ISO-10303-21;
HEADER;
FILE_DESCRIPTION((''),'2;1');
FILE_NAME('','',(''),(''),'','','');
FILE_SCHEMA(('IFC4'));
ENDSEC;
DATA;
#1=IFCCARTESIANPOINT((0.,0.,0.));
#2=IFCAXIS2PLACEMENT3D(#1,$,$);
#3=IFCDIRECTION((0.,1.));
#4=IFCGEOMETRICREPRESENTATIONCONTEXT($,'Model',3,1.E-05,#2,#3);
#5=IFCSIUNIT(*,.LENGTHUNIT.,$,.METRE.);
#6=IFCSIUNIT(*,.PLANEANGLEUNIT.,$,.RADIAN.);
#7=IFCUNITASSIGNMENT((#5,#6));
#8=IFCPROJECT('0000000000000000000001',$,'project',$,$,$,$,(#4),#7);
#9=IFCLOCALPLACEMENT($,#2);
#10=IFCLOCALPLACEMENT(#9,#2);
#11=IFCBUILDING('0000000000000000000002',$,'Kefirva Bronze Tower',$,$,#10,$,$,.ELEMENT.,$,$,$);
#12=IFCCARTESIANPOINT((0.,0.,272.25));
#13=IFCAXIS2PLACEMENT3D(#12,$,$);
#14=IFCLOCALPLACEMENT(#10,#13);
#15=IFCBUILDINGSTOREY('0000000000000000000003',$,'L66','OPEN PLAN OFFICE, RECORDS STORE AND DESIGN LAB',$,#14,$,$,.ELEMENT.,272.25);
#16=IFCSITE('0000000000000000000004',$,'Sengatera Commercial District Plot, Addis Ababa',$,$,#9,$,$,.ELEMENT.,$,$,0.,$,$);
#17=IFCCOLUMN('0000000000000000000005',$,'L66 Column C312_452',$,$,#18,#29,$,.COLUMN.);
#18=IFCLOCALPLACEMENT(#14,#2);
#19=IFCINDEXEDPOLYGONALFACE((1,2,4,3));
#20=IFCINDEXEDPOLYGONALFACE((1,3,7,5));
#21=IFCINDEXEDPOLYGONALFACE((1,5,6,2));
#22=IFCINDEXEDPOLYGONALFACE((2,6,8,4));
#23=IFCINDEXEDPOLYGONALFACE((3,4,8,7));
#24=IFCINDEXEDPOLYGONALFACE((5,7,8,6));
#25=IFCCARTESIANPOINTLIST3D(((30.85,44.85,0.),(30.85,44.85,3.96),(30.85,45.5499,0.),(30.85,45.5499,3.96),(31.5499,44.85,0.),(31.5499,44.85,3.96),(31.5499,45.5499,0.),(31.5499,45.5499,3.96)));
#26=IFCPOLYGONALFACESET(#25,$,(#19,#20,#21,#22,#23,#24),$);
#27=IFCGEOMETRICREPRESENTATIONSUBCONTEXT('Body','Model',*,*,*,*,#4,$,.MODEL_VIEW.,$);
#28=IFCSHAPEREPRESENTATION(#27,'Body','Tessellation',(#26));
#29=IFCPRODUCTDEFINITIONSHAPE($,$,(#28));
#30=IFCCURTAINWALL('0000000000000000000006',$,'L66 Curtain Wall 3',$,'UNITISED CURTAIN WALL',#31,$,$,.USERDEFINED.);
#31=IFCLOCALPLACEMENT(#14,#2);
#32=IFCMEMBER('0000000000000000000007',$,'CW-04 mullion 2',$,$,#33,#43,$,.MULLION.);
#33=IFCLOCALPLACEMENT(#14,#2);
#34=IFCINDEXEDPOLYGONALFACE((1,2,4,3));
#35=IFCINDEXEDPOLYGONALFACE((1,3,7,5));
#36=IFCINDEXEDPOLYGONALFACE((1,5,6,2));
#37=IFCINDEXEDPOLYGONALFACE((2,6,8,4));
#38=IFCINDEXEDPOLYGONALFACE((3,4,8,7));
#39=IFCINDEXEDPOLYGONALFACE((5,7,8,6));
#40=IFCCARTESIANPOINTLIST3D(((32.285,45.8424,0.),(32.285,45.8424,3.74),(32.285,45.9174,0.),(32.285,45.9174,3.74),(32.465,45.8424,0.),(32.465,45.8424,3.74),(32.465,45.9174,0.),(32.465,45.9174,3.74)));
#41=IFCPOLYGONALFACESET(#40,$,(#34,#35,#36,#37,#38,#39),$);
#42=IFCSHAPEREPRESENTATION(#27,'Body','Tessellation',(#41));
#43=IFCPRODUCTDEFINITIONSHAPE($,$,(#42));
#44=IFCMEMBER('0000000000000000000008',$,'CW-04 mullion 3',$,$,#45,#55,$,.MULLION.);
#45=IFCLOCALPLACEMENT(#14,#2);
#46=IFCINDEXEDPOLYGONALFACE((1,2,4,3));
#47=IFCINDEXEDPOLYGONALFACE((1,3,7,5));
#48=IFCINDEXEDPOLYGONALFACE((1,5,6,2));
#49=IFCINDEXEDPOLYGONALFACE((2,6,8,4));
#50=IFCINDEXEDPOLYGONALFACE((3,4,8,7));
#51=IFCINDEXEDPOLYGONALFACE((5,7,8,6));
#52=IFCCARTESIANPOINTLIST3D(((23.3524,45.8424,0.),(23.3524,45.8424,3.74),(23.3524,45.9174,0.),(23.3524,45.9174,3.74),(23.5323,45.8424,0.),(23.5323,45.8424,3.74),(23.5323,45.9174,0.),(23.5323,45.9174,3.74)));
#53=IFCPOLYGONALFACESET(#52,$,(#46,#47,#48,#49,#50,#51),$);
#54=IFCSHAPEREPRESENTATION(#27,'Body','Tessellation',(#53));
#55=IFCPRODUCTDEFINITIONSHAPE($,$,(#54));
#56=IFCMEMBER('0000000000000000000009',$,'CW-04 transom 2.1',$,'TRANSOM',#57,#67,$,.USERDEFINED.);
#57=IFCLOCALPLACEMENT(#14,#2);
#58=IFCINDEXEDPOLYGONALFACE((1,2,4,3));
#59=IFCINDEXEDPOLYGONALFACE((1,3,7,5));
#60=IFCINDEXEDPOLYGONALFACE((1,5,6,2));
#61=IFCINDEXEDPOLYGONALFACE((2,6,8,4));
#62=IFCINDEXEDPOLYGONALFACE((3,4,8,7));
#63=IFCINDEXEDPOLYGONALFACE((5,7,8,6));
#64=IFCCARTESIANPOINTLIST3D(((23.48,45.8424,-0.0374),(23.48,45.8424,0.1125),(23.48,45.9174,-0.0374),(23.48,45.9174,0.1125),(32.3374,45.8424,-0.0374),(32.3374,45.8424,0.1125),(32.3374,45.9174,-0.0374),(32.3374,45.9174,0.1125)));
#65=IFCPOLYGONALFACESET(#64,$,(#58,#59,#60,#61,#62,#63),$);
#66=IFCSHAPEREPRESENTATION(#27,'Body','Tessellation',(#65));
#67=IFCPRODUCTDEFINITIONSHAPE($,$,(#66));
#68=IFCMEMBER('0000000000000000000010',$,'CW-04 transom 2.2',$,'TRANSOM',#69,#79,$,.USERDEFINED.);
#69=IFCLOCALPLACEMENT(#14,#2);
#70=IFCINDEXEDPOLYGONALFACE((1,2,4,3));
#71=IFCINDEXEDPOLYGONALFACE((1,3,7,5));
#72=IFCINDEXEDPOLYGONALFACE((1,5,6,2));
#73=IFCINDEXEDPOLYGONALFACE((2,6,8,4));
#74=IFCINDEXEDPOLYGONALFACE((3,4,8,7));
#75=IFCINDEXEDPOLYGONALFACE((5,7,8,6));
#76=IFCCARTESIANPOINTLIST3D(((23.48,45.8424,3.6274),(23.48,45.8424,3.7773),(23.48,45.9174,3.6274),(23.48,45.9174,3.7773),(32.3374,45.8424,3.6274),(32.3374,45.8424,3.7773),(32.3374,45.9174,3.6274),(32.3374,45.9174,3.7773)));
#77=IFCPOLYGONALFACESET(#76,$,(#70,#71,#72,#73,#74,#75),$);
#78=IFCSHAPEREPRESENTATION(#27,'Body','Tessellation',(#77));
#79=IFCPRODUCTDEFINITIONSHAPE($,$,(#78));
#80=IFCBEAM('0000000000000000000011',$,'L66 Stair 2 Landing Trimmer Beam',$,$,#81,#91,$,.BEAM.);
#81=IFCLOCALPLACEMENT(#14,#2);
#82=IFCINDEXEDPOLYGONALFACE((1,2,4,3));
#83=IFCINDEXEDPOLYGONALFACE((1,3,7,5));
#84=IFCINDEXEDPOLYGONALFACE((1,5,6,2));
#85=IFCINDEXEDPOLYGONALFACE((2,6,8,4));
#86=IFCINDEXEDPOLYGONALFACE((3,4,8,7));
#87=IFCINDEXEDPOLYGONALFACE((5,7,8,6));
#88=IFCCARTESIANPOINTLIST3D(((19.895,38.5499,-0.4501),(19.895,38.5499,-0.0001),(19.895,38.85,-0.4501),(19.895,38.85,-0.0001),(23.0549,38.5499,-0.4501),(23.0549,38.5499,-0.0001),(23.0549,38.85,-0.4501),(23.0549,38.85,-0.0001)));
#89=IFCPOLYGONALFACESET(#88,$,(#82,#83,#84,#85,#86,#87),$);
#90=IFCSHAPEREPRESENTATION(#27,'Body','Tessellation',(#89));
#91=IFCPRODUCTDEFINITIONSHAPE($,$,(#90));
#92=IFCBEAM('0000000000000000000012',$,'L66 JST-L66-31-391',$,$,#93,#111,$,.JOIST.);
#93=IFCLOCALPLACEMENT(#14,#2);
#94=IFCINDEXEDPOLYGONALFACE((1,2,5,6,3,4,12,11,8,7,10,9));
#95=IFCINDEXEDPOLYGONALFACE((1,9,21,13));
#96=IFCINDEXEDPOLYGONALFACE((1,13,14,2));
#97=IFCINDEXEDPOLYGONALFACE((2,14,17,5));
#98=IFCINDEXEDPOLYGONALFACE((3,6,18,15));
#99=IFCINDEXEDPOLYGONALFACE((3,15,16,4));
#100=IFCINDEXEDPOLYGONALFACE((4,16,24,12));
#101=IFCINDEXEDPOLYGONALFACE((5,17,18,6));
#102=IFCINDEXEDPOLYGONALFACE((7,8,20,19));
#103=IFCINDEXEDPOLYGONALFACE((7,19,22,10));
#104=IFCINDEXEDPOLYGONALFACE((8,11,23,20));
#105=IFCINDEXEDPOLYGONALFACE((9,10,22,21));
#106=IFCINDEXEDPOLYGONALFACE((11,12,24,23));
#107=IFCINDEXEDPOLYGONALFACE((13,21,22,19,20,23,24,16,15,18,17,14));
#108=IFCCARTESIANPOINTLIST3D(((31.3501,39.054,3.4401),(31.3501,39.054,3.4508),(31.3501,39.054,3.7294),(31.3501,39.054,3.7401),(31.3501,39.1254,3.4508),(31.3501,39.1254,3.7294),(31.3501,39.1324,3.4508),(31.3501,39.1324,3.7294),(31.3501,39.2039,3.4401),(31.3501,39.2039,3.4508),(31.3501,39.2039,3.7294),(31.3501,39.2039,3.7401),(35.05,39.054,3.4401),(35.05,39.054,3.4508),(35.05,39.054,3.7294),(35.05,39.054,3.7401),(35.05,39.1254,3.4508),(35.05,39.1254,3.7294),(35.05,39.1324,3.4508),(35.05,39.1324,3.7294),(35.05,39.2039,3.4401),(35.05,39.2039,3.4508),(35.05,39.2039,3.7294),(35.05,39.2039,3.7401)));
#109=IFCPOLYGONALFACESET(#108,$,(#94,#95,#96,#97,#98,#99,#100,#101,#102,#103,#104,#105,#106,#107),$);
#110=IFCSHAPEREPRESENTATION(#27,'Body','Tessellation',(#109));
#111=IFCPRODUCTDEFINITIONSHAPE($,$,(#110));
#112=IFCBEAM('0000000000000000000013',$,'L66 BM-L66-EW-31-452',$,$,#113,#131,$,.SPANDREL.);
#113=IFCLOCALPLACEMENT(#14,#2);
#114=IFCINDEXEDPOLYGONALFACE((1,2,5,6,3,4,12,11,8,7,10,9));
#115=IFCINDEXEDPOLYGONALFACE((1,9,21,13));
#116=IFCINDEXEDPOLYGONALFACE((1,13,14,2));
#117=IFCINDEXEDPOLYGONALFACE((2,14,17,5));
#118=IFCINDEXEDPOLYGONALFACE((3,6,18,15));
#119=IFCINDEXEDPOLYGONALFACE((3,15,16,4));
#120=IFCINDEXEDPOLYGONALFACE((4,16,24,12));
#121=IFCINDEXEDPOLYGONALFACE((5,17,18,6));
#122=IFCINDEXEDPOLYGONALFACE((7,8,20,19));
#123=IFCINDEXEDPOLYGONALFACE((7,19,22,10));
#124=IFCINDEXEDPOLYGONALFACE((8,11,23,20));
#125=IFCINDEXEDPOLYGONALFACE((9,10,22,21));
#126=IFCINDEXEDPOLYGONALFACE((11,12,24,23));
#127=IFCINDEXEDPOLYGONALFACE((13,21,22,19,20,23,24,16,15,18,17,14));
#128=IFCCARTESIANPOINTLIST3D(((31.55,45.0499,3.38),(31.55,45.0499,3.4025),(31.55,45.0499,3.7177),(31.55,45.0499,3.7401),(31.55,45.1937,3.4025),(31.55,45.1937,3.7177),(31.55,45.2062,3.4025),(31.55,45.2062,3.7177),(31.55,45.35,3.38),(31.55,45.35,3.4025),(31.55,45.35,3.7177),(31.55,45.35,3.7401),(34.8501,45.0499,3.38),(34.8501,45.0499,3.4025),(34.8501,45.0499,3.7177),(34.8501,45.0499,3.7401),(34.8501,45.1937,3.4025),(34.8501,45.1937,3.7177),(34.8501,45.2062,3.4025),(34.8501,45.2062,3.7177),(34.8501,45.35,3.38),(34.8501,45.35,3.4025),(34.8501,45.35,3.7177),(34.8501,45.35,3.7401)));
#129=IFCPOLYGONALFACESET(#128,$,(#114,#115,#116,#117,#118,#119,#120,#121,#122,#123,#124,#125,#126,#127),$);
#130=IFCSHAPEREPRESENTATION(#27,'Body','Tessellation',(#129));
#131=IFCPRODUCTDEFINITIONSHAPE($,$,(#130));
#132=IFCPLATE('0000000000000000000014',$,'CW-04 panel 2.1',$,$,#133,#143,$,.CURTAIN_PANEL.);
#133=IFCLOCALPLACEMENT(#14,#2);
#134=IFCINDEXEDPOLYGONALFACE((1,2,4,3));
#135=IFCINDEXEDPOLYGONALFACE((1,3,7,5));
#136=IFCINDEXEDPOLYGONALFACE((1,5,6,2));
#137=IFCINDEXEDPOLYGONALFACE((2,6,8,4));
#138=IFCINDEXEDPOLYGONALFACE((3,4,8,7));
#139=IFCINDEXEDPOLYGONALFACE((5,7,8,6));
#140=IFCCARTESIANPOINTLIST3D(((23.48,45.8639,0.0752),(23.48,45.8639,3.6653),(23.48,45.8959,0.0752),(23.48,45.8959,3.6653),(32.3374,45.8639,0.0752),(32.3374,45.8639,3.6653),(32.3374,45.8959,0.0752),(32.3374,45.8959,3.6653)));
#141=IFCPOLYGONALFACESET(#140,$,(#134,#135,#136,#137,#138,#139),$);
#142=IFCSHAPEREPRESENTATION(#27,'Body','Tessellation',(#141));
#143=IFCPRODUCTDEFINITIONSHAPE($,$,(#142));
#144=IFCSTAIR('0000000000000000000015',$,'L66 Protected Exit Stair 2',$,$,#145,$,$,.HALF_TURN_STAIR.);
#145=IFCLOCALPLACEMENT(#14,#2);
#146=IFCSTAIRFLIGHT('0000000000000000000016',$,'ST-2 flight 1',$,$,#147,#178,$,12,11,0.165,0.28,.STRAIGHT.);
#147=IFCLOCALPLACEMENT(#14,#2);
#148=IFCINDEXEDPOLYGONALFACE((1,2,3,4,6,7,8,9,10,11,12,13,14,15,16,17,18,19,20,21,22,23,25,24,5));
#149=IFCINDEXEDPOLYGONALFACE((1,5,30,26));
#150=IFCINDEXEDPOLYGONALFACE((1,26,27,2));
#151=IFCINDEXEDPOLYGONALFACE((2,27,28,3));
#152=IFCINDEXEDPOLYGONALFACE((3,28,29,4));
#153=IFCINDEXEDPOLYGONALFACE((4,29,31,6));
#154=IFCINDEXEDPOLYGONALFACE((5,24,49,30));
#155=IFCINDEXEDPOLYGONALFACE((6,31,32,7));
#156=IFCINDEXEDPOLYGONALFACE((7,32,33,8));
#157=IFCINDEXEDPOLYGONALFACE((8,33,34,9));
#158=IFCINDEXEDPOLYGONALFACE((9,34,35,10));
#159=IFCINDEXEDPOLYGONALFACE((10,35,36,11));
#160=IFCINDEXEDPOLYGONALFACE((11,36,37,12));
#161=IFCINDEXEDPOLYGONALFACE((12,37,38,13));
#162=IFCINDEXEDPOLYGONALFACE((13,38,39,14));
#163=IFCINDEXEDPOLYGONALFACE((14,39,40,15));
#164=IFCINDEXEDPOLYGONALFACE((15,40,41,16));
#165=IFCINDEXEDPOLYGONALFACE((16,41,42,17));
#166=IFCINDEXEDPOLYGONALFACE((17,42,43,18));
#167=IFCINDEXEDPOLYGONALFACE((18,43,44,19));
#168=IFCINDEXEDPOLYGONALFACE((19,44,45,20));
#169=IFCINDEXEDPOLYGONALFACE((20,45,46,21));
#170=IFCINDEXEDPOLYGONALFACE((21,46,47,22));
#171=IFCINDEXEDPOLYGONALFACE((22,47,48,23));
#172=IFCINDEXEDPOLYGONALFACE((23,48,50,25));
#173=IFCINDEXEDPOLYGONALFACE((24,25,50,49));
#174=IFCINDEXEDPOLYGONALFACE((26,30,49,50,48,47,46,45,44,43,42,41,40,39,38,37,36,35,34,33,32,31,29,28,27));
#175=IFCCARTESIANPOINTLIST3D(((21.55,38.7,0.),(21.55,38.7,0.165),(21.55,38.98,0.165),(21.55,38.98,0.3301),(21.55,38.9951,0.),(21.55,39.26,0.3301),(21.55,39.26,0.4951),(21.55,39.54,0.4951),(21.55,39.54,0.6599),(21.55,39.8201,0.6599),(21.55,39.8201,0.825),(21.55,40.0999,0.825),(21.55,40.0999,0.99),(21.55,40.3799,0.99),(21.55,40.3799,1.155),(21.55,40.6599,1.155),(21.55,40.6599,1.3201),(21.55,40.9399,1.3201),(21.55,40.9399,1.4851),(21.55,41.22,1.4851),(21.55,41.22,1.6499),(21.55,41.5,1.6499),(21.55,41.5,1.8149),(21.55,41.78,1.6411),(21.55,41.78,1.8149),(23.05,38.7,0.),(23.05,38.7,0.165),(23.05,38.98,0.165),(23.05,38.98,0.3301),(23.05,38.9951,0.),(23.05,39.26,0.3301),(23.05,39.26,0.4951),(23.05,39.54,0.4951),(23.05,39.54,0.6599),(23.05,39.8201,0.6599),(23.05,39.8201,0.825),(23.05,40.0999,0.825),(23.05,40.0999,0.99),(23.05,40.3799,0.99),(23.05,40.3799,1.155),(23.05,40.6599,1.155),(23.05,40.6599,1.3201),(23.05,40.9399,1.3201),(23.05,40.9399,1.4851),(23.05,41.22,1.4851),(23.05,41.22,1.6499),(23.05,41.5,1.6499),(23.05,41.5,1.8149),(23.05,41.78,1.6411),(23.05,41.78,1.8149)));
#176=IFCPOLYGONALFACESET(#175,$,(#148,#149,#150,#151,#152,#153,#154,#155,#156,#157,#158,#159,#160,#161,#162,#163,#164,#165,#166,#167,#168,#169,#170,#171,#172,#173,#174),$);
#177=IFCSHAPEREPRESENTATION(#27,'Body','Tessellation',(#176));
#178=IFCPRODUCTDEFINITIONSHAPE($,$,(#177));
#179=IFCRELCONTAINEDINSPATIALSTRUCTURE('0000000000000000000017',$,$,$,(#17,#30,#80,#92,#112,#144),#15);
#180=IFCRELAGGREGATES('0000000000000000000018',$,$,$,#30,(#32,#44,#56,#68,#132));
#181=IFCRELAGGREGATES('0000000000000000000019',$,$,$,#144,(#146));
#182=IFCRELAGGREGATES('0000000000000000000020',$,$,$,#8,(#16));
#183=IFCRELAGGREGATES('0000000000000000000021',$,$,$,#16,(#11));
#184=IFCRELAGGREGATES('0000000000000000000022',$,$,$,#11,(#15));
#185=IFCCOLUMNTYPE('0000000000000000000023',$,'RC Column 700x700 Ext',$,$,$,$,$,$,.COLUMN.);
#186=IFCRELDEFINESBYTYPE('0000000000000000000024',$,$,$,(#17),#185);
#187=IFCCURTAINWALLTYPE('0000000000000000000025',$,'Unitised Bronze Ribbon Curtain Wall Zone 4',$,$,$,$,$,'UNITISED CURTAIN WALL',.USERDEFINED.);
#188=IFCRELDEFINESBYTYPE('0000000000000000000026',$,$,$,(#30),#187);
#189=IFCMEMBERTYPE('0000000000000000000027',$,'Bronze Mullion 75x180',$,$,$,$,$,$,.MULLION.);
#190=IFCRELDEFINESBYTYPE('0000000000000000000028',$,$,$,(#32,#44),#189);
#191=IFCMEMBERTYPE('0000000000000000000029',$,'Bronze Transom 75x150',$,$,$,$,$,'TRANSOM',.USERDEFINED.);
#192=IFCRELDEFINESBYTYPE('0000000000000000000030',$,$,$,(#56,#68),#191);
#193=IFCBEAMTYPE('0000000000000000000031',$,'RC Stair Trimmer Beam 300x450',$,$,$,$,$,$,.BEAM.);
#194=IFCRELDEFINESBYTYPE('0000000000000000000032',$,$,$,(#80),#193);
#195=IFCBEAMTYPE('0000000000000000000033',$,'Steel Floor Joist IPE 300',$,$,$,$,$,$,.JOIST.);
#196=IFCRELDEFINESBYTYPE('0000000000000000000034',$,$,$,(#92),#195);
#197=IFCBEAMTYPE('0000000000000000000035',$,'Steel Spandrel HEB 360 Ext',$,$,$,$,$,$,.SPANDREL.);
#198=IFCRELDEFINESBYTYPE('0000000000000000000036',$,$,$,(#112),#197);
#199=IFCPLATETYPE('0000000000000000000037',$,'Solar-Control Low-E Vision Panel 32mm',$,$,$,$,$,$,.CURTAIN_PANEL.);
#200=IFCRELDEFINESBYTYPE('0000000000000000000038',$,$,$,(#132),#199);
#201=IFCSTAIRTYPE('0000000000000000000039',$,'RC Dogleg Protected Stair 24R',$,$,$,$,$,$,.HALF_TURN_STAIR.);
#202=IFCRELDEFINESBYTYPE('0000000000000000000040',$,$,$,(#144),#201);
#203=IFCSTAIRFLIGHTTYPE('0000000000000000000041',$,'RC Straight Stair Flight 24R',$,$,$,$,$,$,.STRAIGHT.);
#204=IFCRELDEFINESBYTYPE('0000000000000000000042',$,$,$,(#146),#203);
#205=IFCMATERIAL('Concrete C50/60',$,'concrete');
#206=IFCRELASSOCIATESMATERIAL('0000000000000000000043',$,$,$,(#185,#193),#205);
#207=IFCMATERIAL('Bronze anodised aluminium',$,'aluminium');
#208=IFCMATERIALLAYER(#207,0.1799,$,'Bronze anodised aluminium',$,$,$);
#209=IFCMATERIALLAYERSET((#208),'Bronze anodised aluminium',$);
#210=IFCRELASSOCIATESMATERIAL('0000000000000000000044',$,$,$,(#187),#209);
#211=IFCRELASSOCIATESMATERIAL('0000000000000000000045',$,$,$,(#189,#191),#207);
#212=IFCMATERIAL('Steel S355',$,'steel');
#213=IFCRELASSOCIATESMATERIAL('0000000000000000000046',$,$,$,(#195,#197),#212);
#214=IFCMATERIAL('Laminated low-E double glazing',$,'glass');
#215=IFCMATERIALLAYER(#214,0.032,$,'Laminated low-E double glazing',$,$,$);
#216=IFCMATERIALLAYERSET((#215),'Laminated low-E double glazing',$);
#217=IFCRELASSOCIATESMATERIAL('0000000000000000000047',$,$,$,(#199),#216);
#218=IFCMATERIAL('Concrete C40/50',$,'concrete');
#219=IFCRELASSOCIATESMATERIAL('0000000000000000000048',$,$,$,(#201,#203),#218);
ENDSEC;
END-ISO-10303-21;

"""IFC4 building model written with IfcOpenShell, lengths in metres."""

from ifc_helpers import new_model, si_unit, direction, frame, origin, origin_2d, place, context, subcontext, project, spatial, polyline, rectangle, i_section, outline, extrude, material, layer, layer_set, material_profile, profile_set, type_object, element, aggregate, save


model = new_model("IFC4")

# Units and contexts
model_context = context("Model", 3, precision=1e-05, world=origin(), true_north=direction((0.0, 1.0)))
body_context = subcontext(model_context, "Body", "Model", "MODEL_VIEW")
ifc_project = project(units=[si_unit("LENGTHUNIT", "METRE"), si_unit("PLANEANGLEUNIT", "RADIAN")], contexts=[model_context])

# Site, building, storey
site_placement = place(None, origin())
site = spatial("IfcSite", under=ifc_project, at=site_placement, Name="Sengatera Commercial District Plot, Addis Ababa", CompositionType="ELEMENT", RefElevation=0.0)
building_placement = place(site_placement, origin())
building = spatial("IfcBuilding", under=site, at=building_placement, Name="Kefirva Bronze Tower", CompositionType="ELEMENT")
storey_placement = place(building_placement, frame((0.0, 0.0, 272.25)))
storey = spatial("IfcBuildingStorey", under=building, at=storey_placement, Name="L66", Description="OPEN PLAN OFFICE, RECORDS STORE AND DESIGN LAB", CompositionType="ELEMENT", Elevation=272.25)

# Column
ifc_material_1 = material(Name="Concrete C50/60", Category="concrete")
ifc_material_profile_1 = material_profile(ifc_material_1, rectangle(XDim=0.7, YDim=0.7, at=origin_2d()), Name="RC 700x700")
ifc_profile_set_1 = profile_set([ifc_material_profile_1], Name="Concrete C50/60")
column_type = type_object("IfcColumnType", Name="RC Column 700x700 Ext", PredefinedType="COLUMN", material=ifc_profile_set_1)
column_placement = place(storey_placement, frame((31.2, 45.2, 0.0), z_axis=(0.0, 0.0, 1.0), x_axis=(1.0, 0.0, 0.0)))
element("IfcColumn", 1, at=column_placement, inside=storey, type_object=column_type, Name="L66 Column C312_452", PredefinedType="COLUMN", context=body_context, shape_type="SweptSolid", body=[
    extrude(rectangle(XDim=0.7, YDim=0.7, at=origin_2d()), origin(), (0.0, 0.0, 1.0), 3.96),
])

# Curtain wall, members
ifc_material_2 = material(Name="Bronze anodised aluminium", Category="aluminium")
ifc_layer_1 = layer(ifc_material_2, 0.1799, Name="Bronze anodised aluminium")
ifc_layer_set_1 = layer_set([ifc_layer_1], Name="Bronze anodised aluminium")
curtain_wall_type = type_object("IfcCurtainWallType", Name="Unitised Bronze Ribbon Curtain Wall Zone 4", ElementType="UNITISED CURTAIN WALL", PredefinedType="USERDEFINED", material=ifc_layer_set_1)
curtain_wall_placement = place(storey_placement, origin())
curtain_wall = element("IfcCurtainWall", 2, at=curtain_wall_placement, inside=storey, type_object=curtain_wall_type, Name="L66 Curtain Wall 3", ObjectType="UNITISED CURTAIN WALL", PredefinedType="USERDEFINED")
ifc_material_profile_2 = material_profile(ifc_material_2, rectangle(XDim=0.075, YDim=0.1799, at=origin_2d()), Name="ALU 75x180")
ifc_profile_set_2 = profile_set([ifc_material_profile_2], Name="Bronze anodised aluminium")
member_type_1 = type_object("IfcMemberType", Name="Bronze Mullion 75x180", PredefinedType="MULLION", material=ifc_profile_set_2)
member_1_placement = place(storey_placement, frame((32.375, 45.8799, 0.0), z_axis=(0.0, 0.0, 1.0), x_axis=(0.0, -1.0, 0.0)))
member_1 = element("IfcMember", 3, at=member_1_placement, type_object=member_type_1, Name="CW-04 mullion 2", PredefinedType="MULLION", context=body_context, shape_type="SweptSolid", body=[
    extrude(rectangle(XDim=0.075, YDim=0.1799, at=origin_2d()), origin(), (0.0, 0.0, 1.0), 3.74),
])
member_2_placement = place(storey_placement, frame((23.4424, 45.8799, 0.0), z_axis=(0.0, 0.0, 1.0), x_axis=(0.0, -1.0, 0.0)))
member_2 = element("IfcMember", 4, at=member_2_placement, type_object=member_type_1, Name="CW-04 mullion 3", PredefinedType="MULLION", context=body_context, shape_type="SweptSolid", body=[
    extrude(rectangle(XDim=0.075, YDim=0.1799, at=origin_2d()), origin(), (0.0, 0.0, 1.0), 3.74),
])
ifc_material_profile_3 = material_profile(ifc_material_2, rectangle(XDim=0.075, YDim=0.1499, at=origin_2d()), Name="ALU 75x150")
ifc_profile_set_3 = profile_set([ifc_material_profile_3], Name="Bronze anodised aluminium")
member_type_2 = type_object("IfcMemberType", Name="Bronze Transom 75x150", ElementType="TRANSOM", PredefinedType="USERDEFINED", material=ifc_profile_set_3)
member_3_placement = place(storey_placement, frame((32.3374, 45.8799, 0.0376), z_axis=(-1.0, 0.0, 0.0), x_axis=(0.0, -1.0, 0.0)))
member_3 = element("IfcMember", 5, at=member_3_placement, type_object=member_type_2, Name="CW-04 transom 2.1", ObjectType="TRANSOM", PredefinedType="USERDEFINED", context=body_context, shape_type="SweptSolid", body=[
    extrude(rectangle(XDim=0.075, YDim=0.1499, at=origin_2d()), origin(), (0.0, 0.0, 1.0), 8.8574),
])
member_4_placement = place(storey_placement, frame((32.3374, 45.8799, 3.7024), z_axis=(-1.0, 0.0, 0.0), x_axis=(0.0, -1.0, 0.0)))
member_4 = element("IfcMember", 6, at=member_4_placement, type_object=member_type_2, Name="CW-04 transom 2.2", ObjectType="TRANSOM", PredefinedType="USERDEFINED", context=body_context, shape_type="SweptSolid", body=[
    extrude(rectangle(XDim=0.075, YDim=0.1499, at=origin_2d()), origin(), (0.0, 0.0, 1.0), 8.8574),
])

# Beams
ifc_material_profile_4 = material_profile(ifc_material_1, rectangle(XDim=0.3, YDim=0.45, at=origin_2d()), Name="RC 300x450")
ifc_profile_set_4 = profile_set([ifc_material_profile_4], Name="Concrete C50/60")
beam_type_1 = type_object("IfcBeamType", Name="RC Stair Trimmer Beam 300x450", PredefinedType="BEAM", material=ifc_profile_set_4)
beam_1_placement = place(storey_placement, frame((19.895, 38.7, -0.2251), z_axis=(1.0, 0.0, 0.0), x_axis=(0.0, 1.0, 0.0)))
element("IfcBeam", 7, at=beam_1_placement, inside=storey, type_object=beam_type_1, Name="L66 Stair 2 Landing Trimmer Beam", PredefinedType="BEAM", context=body_context, shape_type="SweptSolid", body=[
    extrude(rectangle(XDim=0.3, YDim=0.45, at=origin_2d()), origin(), (0.0, 0.0, 1.0), 3.1599),
])
ifc_material_3 = material(Name="Steel S355", Category="steel")
ifc_material_profile_5 = material_profile(ifc_material_3, i_section(OverallWidth=0.1499, OverallDepth=0.3, WebThickness=0.0071, FlangeThickness=0.0107, at=origin_2d()), Name="IPE 300")
ifc_profile_set_5 = profile_set([ifc_material_profile_5], Name="Steel S355")
beam_type_2 = type_object("IfcBeamType", Name="Steel Floor Joist IPE 300", PredefinedType="JOIST", material=ifc_profile_set_5)
beam_2_placement = place(storey_placement, frame((31.3501, 39.1289, 3.5901), z_axis=(1.0, 0.0, 0.0), x_axis=(0.0, 1.0, 0.0)))
element("IfcBeam", 8, at=beam_2_placement, inside=storey, type_object=beam_type_2, Name="L66 JST-L66-31-391", PredefinedType="JOIST", context=body_context, shape_type="SweptSolid", body=[
    extrude(i_section(OverallWidth=0.1499, OverallDepth=0.3, WebThickness=0.0071, FlangeThickness=0.0107, at=origin_2d()), origin(), (0.0, 0.0, 1.0), 3.7),
])
ifc_material_profile_6 = material_profile(ifc_material_3, i_section(OverallWidth=0.3, OverallDepth=0.3601, WebThickness=0.0125, FlangeThickness=0.0225, at=origin_2d()), Name="HEB 360")
ifc_profile_set_6 = profile_set([ifc_material_profile_6], Name="Steel S355")
beam_type_3 = type_object("IfcBeamType", Name="Steel Spandrel HEB 360 Ext", PredefinedType="SPANDREL", material=ifc_profile_set_6)
beam_3_placement = place(storey_placement, frame((31.55, 45.2, 3.5601), z_axis=(1.0, 0.0, 0.0), x_axis=(0.0, 1.0, 0.0)))
element("IfcBeam", 9, at=beam_3_placement, inside=storey, type_object=beam_type_3, Name="L66 BM-L66-EW-31-452", PredefinedType="SPANDREL", context=body_context, shape_type="SweptSolid", body=[
    extrude(i_section(OverallWidth=0.3, OverallDepth=0.3601, WebThickness=0.0125, FlangeThickness=0.0225, at=origin_2d()), origin(), (0.0, 0.0, 1.0), 3.3),
])

# Plate
ifc_material_4 = material(Name="Laminated low-E double glazing", Category="glass")
ifc_layer_2 = layer(ifc_material_4, 0.032, Name="Laminated low-E double glazing")
ifc_layer_set_2 = layer_set([ifc_layer_2], Name="Laminated low-E double glazing")
plate_type = type_object("IfcPlateType", Name="Solar-Control Low-E Vision Panel 32mm", PredefinedType="CURTAIN_PANEL", material=ifc_layer_set_2)
plate_placement = place(storey_placement, frame((27.9087, 45.8799, 0.0752), z_axis=(0.0, 0.0, 1.0), x_axis=(-1.0, 0.0, 0.0)))
plate = element("IfcPlate", 10, at=plate_placement, type_object=plate_type, Name="CW-04 panel 2.1", PredefinedType="CURTAIN_PANEL", context=body_context, shape_type="SweptSolid", body=[
    extrude(rectangle(XDim=8.8574, YDim=0.032, at=origin_2d()), origin(), (0.0, 0.0, 1.0), 3.5901),
])
aggregate(curtain_wall, [member_1, member_2, member_3, member_4, plate])

# Stair, stair flight
ifc_material_5 = material(Name="Concrete C40/50", Category="concrete")
stair_type = type_object("IfcStairType", Name="RC Dogleg Protected Stair 24R", PredefinedType="HALF_TURN_STAIR", material=ifc_material_5)
stair_placement = place(storey_placement, origin())
stair = element("IfcStair", 11, at=stair_placement, inside=storey, type_object=stair_type, Name="L66 Protected Exit Stair 2", PredefinedType="HALF_TURN_STAIR")
stair_flight_type = type_object("IfcStairFlightType", Name="RC Straight Stair Flight 24R", PredefinedType="STRAIGHT", material=ifc_material_5)
stair_flight_1_placement = place(storey_placement, frame((22.3, 38.7, 0.0), z_axis=(0.0, 0.0, 1.0), x_axis=(0.0, 1.0, 0.0)))
stair_flight_1 = element("IfcStairFlight", 12, at=stair_flight_1_placement, type_object=stair_flight_type, Name="ST-2 flight 1", NumberOfRisers=12, NumberOfTreads=11, PredefinedType="STRAIGHT", RiserHeight=0.165, TreadLength=0.28, context=body_context, shape_type="SweptSolid", body=[
    extrude(outline(polyline([(0.0, 0.0), (0.0, 0.165), (0.28, 0.165), (0.28, 0.3301), (0.5601, 0.3301), (0.5601, 0.4951), (0.8401, 0.4951), (0.8401, 0.6599), (1.1201, 0.6599), (1.1201, 0.825), (1.3999, 0.825), (1.3999, 0.99), (1.6799, 0.99), (1.6799, 1.155), (1.96, 1.155), (1.96, 1.3201), (2.24, 1.3201), (2.24, 1.4851), (2.52, 1.4851), (2.52, 1.6499), (2.8, 1.6499), (2.8, 1.8149), (3.0801, 1.8149), (3.0801, 1.98), (3.0801, 1.6411), (0.2952, 0.0), (0.0, 0.0)])), frame((0.0, 0.75, 0.0), z_axis=(0.0, -1.0, 0.0), x_axis=(1.0, 0.0, 0.0)), (0.0, 0.0, 1.0), 1.5),
])
aggregate(stair, [stair_flight_1])

save(model, "model.ifc")
